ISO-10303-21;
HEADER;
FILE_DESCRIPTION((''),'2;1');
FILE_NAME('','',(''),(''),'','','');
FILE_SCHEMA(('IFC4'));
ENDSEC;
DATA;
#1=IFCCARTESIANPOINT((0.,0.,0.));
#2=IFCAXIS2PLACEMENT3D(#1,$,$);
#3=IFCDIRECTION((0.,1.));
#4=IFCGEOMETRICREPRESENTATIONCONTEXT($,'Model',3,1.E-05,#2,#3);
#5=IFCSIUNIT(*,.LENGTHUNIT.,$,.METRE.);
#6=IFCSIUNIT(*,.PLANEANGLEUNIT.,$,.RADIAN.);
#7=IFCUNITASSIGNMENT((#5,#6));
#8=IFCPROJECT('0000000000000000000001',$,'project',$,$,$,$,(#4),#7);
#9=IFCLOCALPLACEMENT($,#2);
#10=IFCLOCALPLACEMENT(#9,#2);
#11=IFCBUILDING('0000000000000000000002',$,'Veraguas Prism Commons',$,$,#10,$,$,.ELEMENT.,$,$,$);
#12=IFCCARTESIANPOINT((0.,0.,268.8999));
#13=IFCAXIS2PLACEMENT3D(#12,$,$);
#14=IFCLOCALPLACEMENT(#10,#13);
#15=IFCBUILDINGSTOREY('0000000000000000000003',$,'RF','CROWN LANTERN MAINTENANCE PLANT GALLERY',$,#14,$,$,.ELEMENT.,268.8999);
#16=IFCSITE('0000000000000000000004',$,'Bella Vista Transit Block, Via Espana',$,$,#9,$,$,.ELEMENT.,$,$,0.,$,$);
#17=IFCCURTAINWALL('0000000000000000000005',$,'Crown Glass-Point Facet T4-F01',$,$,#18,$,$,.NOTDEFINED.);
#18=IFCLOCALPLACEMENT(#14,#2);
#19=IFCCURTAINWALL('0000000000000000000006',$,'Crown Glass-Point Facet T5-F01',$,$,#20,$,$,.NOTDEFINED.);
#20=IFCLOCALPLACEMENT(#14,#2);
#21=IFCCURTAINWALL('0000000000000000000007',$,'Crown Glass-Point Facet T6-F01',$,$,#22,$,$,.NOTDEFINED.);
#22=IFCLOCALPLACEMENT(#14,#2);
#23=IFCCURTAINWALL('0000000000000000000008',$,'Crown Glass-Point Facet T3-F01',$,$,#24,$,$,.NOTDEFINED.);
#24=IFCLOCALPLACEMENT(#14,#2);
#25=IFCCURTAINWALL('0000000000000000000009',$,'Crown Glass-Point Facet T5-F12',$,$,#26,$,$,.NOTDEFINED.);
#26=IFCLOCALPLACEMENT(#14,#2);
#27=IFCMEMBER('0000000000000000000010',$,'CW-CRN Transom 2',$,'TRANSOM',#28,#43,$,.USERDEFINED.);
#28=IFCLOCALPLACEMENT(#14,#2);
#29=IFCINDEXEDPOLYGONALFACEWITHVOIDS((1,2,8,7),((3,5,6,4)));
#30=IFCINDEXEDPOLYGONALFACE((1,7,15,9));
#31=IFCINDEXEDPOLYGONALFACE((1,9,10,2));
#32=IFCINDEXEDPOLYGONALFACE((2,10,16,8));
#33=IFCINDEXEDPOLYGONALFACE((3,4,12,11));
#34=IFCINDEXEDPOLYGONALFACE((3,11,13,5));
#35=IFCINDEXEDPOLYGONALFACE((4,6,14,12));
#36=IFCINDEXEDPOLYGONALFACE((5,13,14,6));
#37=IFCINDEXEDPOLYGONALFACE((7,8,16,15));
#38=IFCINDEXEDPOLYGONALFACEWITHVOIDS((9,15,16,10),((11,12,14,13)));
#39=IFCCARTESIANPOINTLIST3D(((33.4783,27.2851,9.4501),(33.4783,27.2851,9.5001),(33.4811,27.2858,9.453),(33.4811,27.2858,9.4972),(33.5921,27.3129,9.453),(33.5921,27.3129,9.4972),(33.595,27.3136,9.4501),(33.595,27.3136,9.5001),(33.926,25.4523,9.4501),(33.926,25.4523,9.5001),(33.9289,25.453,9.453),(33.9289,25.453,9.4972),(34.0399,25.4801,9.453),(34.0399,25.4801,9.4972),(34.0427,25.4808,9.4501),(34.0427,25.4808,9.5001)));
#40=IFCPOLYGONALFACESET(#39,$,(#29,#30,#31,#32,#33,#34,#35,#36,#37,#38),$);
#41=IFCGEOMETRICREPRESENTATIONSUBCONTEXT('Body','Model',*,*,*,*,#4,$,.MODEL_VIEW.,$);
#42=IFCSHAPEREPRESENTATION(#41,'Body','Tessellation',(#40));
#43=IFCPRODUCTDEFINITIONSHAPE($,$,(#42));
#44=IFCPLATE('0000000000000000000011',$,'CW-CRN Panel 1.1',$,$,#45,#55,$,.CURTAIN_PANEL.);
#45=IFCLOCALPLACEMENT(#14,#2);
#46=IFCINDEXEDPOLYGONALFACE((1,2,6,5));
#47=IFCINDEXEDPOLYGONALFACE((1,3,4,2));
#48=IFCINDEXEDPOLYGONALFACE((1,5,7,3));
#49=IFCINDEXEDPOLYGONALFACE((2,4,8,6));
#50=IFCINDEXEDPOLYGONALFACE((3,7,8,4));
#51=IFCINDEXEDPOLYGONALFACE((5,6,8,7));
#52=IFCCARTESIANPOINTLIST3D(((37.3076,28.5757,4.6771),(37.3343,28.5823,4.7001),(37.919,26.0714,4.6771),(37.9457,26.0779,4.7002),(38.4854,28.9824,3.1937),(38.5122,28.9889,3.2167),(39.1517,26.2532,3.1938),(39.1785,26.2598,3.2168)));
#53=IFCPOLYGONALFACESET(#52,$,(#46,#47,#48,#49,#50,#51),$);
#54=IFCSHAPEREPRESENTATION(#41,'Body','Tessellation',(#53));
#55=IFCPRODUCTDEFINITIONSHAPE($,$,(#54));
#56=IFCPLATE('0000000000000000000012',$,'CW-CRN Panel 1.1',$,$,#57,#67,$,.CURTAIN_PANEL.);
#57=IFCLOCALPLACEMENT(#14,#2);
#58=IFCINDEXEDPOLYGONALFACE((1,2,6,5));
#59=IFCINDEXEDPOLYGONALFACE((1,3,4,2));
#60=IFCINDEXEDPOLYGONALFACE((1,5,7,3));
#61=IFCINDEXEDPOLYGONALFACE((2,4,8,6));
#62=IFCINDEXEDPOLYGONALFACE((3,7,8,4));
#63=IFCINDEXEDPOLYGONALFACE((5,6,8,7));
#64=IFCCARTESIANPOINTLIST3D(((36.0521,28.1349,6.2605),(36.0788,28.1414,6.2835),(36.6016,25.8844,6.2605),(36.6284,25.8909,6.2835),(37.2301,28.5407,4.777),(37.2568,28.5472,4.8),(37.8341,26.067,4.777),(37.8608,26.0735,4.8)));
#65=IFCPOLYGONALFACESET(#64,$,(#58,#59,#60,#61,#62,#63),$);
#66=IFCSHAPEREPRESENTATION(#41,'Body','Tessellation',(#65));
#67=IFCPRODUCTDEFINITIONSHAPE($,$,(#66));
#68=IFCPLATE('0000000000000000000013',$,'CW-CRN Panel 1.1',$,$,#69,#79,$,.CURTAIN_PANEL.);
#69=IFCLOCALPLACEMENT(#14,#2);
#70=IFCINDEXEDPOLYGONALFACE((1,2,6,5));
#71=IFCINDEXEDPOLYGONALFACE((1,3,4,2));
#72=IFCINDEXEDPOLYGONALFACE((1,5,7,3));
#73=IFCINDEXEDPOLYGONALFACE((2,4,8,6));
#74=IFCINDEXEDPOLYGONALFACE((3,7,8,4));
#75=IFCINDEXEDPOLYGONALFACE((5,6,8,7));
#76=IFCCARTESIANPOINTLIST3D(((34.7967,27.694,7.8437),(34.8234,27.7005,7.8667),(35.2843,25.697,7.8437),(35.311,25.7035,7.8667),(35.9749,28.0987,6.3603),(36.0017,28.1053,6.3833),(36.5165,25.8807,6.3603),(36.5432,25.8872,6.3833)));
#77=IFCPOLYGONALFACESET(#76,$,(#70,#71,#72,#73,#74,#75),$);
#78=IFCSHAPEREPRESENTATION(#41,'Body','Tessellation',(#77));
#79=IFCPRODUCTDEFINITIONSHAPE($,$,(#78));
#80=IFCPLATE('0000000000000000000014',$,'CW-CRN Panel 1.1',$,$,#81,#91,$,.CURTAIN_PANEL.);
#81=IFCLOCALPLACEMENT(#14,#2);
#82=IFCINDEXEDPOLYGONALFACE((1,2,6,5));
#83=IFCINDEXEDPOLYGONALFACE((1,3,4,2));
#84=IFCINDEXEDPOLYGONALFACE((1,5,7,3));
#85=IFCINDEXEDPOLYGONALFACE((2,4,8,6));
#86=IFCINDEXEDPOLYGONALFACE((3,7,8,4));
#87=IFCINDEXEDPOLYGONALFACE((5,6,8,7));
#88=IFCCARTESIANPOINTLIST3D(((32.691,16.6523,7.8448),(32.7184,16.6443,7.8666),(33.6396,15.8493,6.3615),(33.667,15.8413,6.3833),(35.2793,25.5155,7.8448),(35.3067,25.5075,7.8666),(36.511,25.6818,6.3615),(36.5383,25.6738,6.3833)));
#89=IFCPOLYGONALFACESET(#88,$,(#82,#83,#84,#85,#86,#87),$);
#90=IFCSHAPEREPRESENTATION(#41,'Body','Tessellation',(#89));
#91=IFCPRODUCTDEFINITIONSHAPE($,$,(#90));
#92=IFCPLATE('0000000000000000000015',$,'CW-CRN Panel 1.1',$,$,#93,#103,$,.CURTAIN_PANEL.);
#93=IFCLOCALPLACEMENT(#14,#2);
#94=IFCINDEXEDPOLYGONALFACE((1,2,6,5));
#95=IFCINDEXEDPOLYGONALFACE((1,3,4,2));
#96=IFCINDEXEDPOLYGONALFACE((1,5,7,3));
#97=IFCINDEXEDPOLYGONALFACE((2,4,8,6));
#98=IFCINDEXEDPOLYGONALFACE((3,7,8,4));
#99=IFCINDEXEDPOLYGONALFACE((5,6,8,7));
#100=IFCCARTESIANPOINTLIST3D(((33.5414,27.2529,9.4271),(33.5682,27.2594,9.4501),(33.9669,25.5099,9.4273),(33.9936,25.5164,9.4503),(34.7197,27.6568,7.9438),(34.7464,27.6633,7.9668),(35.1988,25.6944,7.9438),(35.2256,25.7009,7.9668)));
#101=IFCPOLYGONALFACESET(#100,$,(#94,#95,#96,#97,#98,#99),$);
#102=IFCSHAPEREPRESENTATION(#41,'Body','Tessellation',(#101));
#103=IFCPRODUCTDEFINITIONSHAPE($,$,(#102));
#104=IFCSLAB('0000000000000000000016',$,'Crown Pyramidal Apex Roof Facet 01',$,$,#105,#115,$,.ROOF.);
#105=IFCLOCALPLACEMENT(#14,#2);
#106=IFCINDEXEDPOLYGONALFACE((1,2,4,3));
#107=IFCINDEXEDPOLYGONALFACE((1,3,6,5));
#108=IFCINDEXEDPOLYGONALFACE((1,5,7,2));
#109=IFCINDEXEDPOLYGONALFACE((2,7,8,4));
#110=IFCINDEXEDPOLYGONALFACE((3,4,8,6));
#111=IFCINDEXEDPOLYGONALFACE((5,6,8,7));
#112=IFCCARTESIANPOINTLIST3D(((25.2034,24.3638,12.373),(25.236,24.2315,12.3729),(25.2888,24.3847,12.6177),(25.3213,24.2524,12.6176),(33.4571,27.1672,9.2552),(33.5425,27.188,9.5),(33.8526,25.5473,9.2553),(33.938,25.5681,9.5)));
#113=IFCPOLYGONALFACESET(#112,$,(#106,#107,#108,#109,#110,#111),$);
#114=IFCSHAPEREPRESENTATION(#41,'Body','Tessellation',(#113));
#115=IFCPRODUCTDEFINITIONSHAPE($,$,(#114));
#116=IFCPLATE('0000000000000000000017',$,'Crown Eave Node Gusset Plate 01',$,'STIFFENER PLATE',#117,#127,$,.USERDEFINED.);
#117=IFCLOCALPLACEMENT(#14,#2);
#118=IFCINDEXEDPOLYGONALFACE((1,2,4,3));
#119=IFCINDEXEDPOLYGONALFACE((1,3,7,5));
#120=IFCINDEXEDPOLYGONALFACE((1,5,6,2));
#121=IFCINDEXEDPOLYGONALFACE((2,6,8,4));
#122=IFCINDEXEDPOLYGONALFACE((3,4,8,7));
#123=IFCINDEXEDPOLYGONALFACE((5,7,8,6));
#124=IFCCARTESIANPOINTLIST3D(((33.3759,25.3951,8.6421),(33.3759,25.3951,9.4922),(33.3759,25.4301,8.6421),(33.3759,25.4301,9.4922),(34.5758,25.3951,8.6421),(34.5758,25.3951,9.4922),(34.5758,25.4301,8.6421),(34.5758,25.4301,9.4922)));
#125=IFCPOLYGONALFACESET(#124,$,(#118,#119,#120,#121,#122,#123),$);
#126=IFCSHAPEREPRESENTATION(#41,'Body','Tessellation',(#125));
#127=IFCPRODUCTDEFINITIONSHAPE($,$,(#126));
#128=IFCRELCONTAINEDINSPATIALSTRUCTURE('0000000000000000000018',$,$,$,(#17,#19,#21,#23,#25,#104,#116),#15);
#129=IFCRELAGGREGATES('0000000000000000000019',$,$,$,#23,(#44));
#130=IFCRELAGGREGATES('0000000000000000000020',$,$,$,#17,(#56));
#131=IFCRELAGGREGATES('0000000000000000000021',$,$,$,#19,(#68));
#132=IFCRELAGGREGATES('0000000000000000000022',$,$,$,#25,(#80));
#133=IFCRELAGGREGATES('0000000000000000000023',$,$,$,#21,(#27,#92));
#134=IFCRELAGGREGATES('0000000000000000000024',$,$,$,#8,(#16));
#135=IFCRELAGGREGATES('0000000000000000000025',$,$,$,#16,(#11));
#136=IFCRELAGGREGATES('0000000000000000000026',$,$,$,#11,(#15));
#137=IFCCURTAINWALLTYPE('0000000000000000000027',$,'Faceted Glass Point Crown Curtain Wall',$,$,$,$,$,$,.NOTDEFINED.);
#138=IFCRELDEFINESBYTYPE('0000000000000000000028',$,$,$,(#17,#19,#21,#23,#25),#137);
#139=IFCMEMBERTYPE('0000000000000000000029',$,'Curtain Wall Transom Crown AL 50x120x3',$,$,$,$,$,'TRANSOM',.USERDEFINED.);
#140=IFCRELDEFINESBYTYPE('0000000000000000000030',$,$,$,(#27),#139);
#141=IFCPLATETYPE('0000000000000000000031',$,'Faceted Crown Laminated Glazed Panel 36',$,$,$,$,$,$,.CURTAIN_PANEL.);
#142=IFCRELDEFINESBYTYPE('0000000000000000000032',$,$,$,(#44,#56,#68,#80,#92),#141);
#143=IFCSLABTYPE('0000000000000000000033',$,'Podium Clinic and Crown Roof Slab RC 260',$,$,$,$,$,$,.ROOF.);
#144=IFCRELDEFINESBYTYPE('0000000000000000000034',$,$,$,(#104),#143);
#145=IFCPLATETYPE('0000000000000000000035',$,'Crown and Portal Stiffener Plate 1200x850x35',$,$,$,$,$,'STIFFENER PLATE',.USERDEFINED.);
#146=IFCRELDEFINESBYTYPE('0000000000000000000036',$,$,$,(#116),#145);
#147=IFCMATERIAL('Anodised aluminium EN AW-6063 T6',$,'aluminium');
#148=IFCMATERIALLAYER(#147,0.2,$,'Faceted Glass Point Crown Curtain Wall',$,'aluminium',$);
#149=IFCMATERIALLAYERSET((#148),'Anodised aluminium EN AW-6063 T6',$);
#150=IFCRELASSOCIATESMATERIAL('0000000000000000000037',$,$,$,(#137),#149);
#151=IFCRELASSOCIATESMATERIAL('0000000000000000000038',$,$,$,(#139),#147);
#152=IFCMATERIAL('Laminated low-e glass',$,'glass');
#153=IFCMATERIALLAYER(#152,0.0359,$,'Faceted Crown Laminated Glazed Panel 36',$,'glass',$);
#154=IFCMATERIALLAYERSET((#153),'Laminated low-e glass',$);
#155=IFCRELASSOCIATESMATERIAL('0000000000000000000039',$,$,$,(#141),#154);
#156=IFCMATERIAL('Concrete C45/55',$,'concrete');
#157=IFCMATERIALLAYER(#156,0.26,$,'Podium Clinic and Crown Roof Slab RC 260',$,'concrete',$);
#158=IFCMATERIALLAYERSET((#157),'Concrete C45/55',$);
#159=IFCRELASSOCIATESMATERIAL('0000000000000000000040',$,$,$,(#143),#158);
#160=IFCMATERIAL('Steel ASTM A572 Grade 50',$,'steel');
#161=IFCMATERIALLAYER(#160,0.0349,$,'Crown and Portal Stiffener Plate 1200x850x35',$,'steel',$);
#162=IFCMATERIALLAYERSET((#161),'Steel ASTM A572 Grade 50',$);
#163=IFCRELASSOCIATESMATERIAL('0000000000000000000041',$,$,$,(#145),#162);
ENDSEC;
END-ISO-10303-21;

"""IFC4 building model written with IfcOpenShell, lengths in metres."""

from ifc_helpers import new_model, si_unit, direction, frame, origin, origin_2d, place, context, subcontext, project, spatial, polyline, rectangle, hollow_rectangle, outline, extrude, source, transform, mapped, material, layer, layer_set, material_profile, profile_set, type_object, element, aggregate, save


model = new_model("IFC4")

# Units and contexts
model_context = context("Model", 3, precision=1e-05, world=origin(), true_north=direction((0.0, 1.0)))
body_context = subcontext(model_context, "Body", "Model", "MODEL_VIEW")
ifc_project = project(units=[si_unit("LENGTHUNIT", "METRE"), si_unit("PLANEANGLEUNIT", "RADIAN")], contexts=[model_context])

# Site, building, storey
site_placement = place(None, origin())
site = spatial("IfcSite", under=ifc_project, at=site_placement, Name="Bella Vista Transit Block, Via Espana", CompositionType="ELEMENT", RefElevation=0.0)
building_placement = place(site_placement, origin())
building = spatial("IfcBuilding", under=site, at=building_placement, Name="Veraguas Prism Commons", CompositionType="ELEMENT")
storey_placement = place(building_placement, frame((0.0, 0.0, 268.8999)))
storey = spatial("IfcBuildingStorey", under=building, at=storey_placement, Name="RF", Description="CROWN LANTERN MAINTENANCE PLANT GALLERY", CompositionType="ELEMENT", Elevation=268.8999)

# Curtain walls
ifc_material_1 = material(Name="Anodised aluminium EN AW-6063 T6", Category="aluminium")
ifc_layer_1 = layer(ifc_material_1, 0.2, Name="Faceted Glass Point Crown Curtain Wall", Category="aluminium")
ifc_layer_set_1 = layer_set([ifc_layer_1], Name="Anodised aluminium EN AW-6063 T6")
curtain_wall_type = type_object("IfcCurtainWallType", Name="Faceted Glass Point Crown Curtain Wall", PredefinedType="NOTDEFINED", material=ifc_layer_set_1)
curtain_wall_1_placement = place(storey_placement, origin())
curtain_wall_1 = element("IfcCurtainWall", 1, at=curtain_wall_1_placement, inside=storey, type_object=curtain_wall_type, Name="Crown Glass-Point Facet T4-F01", PredefinedType="NOTDEFINED")
curtain_wall_2_placement = place(storey_placement, origin())
curtain_wall_2 = element("IfcCurtainWall", 2, at=curtain_wall_2_placement, inside=storey, type_object=curtain_wall_type, Name="Crown Glass-Point Facet T5-F01", PredefinedType="NOTDEFINED")
curtain_wall_3_placement = place(storey_placement, origin())
curtain_wall_3 = element("IfcCurtainWall", 3, at=curtain_wall_3_placement, inside=storey, type_object=curtain_wall_type, Name="Crown Glass-Point Facet T6-F01", PredefinedType="NOTDEFINED")
curtain_wall_4_placement = place(storey_placement, origin())
curtain_wall_4 = element("IfcCurtainWall", 4, at=curtain_wall_4_placement, inside=storey, type_object=curtain_wall_type, Name="Crown Glass-Point Facet T3-F01", PredefinedType="NOTDEFINED")

# Curtain wall
curtain_wall_5_placement = place(storey_placement, origin())
curtain_wall_5 = element("IfcCurtainWall", 5, at=curtain_wall_5_placement, inside=storey, type_object=curtain_wall_type, Name="Crown Glass-Point Facet T5-F12", PredefinedType="NOTDEFINED")

# Shared definitions
ifc_material_profile_1 = material_profile(ifc_material_1, hollow_rectangle(XDim=0.05, YDim=0.1201, WallThickness=0.0029, at=origin_2d()), Name="AL50X120X3")
ifc_profile_set_1 = profile_set([ifc_material_profile_1], Name="Anodised aluminium EN AW-6063 T6")
member_type_1 = type_object("IfcMemberType", Name="Curtain Wall Transom Crown AL 50x120x3", ElementType="TRANSOM", PredefinedType="USERDEFINED", material=ifc_profile_set_1)

# Member
shared_shape_1 = source(origin(), body_context, "Body", "SweptSolid", [
    extrude(hollow_rectangle(XDim=0.05, YDim=0.1201, WallThickness=0.0029, at=origin_2d()), origin(), (0.0, 0.0, 1.0), 1.8867),
])
member_1_placement = place(storey_placement, frame((33.9844, 25.4666, 9.4751), z_axis=(-0.237326, 0.97143, 0.0), x_axis=(0.0, 0.0, 1.0)))
member_1 = element("IfcMember", 6, at=member_1_placement, type_object=member_type_1, Name="CW-CRN Transom 2", ObjectType="TRANSOM", PredefinedType="USERDEFINED", context=body_context, shape_type="MappedRepresentation", body=[
    mapped(shared_shape_1, transform((0.0, 0.0, 0.0), scale=1.0)),
])

# Plates
ifc_material_2 = material(Name="Laminated low-e glass", Category="glass")
ifc_layer_2 = layer(ifc_material_2, 0.0359, Name="Faceted Crown Laminated Glazed Panel 36", Category="glass")
ifc_layer_set_2 = layer_set([ifc_layer_2], Name="Laminated low-e glass")
plate_type_1 = type_object("IfcPlateType", Name="Faceted Crown Laminated Glazed Panel 36", PredefinedType="CURTAIN_PANEL", material=ifc_layer_set_2)
plate_1_placement = place(storey_placement, frame((39.1785, 26.2598, 3.2168), z_axis=(0.745169, 0.181938, 0.641578), x_axis=(-0.237175, 0.971467, -0.000018)))
plate_1 = element("IfcPlate", 7, at=plate_1_placement, type_object=plate_type_1, Name="CW-CRN Panel 1.1", PredefinedType="CURTAIN_PANEL", context=body_context, shape_type="SweptSolid", body=[
    extrude(outline(polyline([(0.0, 0.0), (2.8093, 0.0), (2.6936, 1.9338), (0.1157, 1.9338), (0.0, 0.0)])), origin(), (0.0, 0.0, -1.0), 0.0359),
])
aggregate(curtain_wall_4, [plate_1])
plate_2_placement = place(storey_placement, frame((37.8608, 26.0735, 4.8), z_axis=(0.7452, 0.181968, 0.641533), x_axis=(-0.237213, 0.971458, -0.000004)))
plate_2 = element("IfcPlate", 8, at=plate_2_placement, type_object=plate_type_1, Name="CW-CRN Panel 1.1", PredefinedType="CURTAIN_PANEL", context=body_context, shape_type="SweptSolid", body=[
    extrude(outline(polyline([(0.0, 0.0), (2.5464, 0.0), (2.4316, 1.9338), (0.115, 1.9338), (0.0, 0.0)])), origin(), (0.0, 0.0, -1.0), 0.0359),
])
aggregate(curtain_wall_1, [plate_2])
plate_3_placement = place(storey_placement, frame((36.5432, 25.8872, 6.3833), z_axis=(0.745207, 0.181942, 0.641533), x_axis=(-0.237179, 0.971466, -0.000005)))
plate_3 = element("IfcPlate", 9, at=plate_3_placement, type_object=plate_type_1, Name="CW-CRN Panel 1.1", PredefinedType="CURTAIN_PANEL", context=body_context, shape_type="SweptSolid", body=[
    extrude(outline(polyline([(0.0, 0.0), (2.2832, 0.0), (2.1694, 1.9338), (0.1138, 1.9338), (0.0, 0.0)])), origin(), (0.0, 0.0, -1.0), 0.0359),
])
aggregate(curtain_wall_2, [plate_3])
plate_4_placement = place(storey_placement, frame((33.667, 15.8413, 6.3833), z_axis=(0.762167, -0.222575, 0.607916), x_axis=(0.280319, 0.959907, 0.000002)))
plate_4 = element("IfcPlate", 10, at=plate_4_placement, type_object=plate_type_1, Name="CW-CRN Panel 1.1", PredefinedType="CURTAIN_PANEL", context=body_context, shape_type="SweptSolid", body=[
    extrude(outline(polyline([(0.0, 0.0), (10.2432, 0.0), (9.7383, 1.8682), (0.5049, 1.8682), (0.0, 0.0)])), origin(), (0.0, 0.0, -1.0), 0.0359),
])
aggregate(curtain_wall_5, [plate_4])
plate_5_placement = place(storey_placement, frame((35.2256, 25.7009, 7.9668), z_axis=(0.745233, 0.181963, 0.641497), x_axis=(-0.237218, 0.971456, 0.000021)))
plate_5 = element("IfcPlate", 11, at=plate_5_placement, type_object=plate_type_1, Name="CW-CRN Panel 1.1", PredefinedType="CURTAIN_PANEL", context=body_context, shape_type="SweptSolid", body=[
    extrude(outline(polyline([(0.0, 0.0), (2.02, 0.0), (1.9072, 1.9336), (0.113, 1.9338), (0.0, 0.0)])), origin(), (0.0, 0.0, -1.0), 0.0359),
])
aggregate(curtain_wall_3, [member_1, plate_5])

# Slab
ifc_material_3 = material(Name="Concrete C45/55", Category="concrete")
ifc_layer_3 = layer(ifc_material_3, 0.26, Name="Podium Clinic and Crown Roof Slab RC 260", Category="concrete")
ifc_layer_set_3 = layer_set([ifc_layer_3], Name="Concrete C45/55")
slab_type = type_object("IfcSlabType", Name="Podium Clinic and Crown Roof Slab RC 260", PredefinedType="ROOF", material=ifc_layer_set_3)
slab_placement = place(storey_placement, frame((33.938, 25.5681, 9.5), z_axis=(0.328283, 0.080184, 0.94117), x_axis=(-0.237202, 0.97146, -0.000028)))
element("IfcSlab", 12, at=slab_placement, inside=storey, type_object=slab_type, Name="Crown Pyramidal Apex Roof Facet 01", PredefinedType="ROOF", context=body_context, shape_type="SweptSolid", body=[
    extrude(outline(polyline([(0.0, 0.0), (1.6675, 0.0), (0.9019, 9.2258), (0.7656, 9.2256), (0.0, 0.0)])), origin(), (0.0, 0.0, -1.0), 0.26),
])

# Plate
ifc_material_4 = material(Name="Steel ASTM A572 Grade 50", Category="steel")
ifc_layer_4 = layer(ifc_material_4, 0.0349, Name="Crown and Portal Stiffener Plate 1200x850x35", Category="steel")
ifc_layer_set_4 = layer_set([ifc_layer_4], Name="Steel ASTM A572 Grade 50")
plate_type_2 = type_object("IfcPlateType", Name="Crown and Portal Stiffener Plate 1200x850x35", ElementType="STIFFENER PLATE", PredefinedType="USERDEFINED", material=ifc_layer_set_4)
shared_shape_2 = source(origin(), body_context, "Body", "SweptSolid", [
    extrude(rectangle(XDim=1.2, YDim=0.0349, at=origin_2d()), origin(), (0.0, 0.0, 1.0), 0.8501),
])
plate_6_placement = place(storey_placement, frame((33.9758, 25.4126, 8.6421), z_axis=(0.0, 0.0, 1.0), x_axis=(1.0, 0.0, 0.0)))
element("IfcPlate", 13, at=plate_6_placement, inside=storey, type_object=plate_type_2, Name="Crown Eave Node Gusset Plate 01", ObjectType="STIFFENER PLATE", PredefinedType="USERDEFINED", context=body_context, shape_type="MappedRepresentation", body=[
    mapped(shared_shape_2, transform((0.0, 0.0, 0.0), scale=1.0)),
])

save(model, "model.ifc")
